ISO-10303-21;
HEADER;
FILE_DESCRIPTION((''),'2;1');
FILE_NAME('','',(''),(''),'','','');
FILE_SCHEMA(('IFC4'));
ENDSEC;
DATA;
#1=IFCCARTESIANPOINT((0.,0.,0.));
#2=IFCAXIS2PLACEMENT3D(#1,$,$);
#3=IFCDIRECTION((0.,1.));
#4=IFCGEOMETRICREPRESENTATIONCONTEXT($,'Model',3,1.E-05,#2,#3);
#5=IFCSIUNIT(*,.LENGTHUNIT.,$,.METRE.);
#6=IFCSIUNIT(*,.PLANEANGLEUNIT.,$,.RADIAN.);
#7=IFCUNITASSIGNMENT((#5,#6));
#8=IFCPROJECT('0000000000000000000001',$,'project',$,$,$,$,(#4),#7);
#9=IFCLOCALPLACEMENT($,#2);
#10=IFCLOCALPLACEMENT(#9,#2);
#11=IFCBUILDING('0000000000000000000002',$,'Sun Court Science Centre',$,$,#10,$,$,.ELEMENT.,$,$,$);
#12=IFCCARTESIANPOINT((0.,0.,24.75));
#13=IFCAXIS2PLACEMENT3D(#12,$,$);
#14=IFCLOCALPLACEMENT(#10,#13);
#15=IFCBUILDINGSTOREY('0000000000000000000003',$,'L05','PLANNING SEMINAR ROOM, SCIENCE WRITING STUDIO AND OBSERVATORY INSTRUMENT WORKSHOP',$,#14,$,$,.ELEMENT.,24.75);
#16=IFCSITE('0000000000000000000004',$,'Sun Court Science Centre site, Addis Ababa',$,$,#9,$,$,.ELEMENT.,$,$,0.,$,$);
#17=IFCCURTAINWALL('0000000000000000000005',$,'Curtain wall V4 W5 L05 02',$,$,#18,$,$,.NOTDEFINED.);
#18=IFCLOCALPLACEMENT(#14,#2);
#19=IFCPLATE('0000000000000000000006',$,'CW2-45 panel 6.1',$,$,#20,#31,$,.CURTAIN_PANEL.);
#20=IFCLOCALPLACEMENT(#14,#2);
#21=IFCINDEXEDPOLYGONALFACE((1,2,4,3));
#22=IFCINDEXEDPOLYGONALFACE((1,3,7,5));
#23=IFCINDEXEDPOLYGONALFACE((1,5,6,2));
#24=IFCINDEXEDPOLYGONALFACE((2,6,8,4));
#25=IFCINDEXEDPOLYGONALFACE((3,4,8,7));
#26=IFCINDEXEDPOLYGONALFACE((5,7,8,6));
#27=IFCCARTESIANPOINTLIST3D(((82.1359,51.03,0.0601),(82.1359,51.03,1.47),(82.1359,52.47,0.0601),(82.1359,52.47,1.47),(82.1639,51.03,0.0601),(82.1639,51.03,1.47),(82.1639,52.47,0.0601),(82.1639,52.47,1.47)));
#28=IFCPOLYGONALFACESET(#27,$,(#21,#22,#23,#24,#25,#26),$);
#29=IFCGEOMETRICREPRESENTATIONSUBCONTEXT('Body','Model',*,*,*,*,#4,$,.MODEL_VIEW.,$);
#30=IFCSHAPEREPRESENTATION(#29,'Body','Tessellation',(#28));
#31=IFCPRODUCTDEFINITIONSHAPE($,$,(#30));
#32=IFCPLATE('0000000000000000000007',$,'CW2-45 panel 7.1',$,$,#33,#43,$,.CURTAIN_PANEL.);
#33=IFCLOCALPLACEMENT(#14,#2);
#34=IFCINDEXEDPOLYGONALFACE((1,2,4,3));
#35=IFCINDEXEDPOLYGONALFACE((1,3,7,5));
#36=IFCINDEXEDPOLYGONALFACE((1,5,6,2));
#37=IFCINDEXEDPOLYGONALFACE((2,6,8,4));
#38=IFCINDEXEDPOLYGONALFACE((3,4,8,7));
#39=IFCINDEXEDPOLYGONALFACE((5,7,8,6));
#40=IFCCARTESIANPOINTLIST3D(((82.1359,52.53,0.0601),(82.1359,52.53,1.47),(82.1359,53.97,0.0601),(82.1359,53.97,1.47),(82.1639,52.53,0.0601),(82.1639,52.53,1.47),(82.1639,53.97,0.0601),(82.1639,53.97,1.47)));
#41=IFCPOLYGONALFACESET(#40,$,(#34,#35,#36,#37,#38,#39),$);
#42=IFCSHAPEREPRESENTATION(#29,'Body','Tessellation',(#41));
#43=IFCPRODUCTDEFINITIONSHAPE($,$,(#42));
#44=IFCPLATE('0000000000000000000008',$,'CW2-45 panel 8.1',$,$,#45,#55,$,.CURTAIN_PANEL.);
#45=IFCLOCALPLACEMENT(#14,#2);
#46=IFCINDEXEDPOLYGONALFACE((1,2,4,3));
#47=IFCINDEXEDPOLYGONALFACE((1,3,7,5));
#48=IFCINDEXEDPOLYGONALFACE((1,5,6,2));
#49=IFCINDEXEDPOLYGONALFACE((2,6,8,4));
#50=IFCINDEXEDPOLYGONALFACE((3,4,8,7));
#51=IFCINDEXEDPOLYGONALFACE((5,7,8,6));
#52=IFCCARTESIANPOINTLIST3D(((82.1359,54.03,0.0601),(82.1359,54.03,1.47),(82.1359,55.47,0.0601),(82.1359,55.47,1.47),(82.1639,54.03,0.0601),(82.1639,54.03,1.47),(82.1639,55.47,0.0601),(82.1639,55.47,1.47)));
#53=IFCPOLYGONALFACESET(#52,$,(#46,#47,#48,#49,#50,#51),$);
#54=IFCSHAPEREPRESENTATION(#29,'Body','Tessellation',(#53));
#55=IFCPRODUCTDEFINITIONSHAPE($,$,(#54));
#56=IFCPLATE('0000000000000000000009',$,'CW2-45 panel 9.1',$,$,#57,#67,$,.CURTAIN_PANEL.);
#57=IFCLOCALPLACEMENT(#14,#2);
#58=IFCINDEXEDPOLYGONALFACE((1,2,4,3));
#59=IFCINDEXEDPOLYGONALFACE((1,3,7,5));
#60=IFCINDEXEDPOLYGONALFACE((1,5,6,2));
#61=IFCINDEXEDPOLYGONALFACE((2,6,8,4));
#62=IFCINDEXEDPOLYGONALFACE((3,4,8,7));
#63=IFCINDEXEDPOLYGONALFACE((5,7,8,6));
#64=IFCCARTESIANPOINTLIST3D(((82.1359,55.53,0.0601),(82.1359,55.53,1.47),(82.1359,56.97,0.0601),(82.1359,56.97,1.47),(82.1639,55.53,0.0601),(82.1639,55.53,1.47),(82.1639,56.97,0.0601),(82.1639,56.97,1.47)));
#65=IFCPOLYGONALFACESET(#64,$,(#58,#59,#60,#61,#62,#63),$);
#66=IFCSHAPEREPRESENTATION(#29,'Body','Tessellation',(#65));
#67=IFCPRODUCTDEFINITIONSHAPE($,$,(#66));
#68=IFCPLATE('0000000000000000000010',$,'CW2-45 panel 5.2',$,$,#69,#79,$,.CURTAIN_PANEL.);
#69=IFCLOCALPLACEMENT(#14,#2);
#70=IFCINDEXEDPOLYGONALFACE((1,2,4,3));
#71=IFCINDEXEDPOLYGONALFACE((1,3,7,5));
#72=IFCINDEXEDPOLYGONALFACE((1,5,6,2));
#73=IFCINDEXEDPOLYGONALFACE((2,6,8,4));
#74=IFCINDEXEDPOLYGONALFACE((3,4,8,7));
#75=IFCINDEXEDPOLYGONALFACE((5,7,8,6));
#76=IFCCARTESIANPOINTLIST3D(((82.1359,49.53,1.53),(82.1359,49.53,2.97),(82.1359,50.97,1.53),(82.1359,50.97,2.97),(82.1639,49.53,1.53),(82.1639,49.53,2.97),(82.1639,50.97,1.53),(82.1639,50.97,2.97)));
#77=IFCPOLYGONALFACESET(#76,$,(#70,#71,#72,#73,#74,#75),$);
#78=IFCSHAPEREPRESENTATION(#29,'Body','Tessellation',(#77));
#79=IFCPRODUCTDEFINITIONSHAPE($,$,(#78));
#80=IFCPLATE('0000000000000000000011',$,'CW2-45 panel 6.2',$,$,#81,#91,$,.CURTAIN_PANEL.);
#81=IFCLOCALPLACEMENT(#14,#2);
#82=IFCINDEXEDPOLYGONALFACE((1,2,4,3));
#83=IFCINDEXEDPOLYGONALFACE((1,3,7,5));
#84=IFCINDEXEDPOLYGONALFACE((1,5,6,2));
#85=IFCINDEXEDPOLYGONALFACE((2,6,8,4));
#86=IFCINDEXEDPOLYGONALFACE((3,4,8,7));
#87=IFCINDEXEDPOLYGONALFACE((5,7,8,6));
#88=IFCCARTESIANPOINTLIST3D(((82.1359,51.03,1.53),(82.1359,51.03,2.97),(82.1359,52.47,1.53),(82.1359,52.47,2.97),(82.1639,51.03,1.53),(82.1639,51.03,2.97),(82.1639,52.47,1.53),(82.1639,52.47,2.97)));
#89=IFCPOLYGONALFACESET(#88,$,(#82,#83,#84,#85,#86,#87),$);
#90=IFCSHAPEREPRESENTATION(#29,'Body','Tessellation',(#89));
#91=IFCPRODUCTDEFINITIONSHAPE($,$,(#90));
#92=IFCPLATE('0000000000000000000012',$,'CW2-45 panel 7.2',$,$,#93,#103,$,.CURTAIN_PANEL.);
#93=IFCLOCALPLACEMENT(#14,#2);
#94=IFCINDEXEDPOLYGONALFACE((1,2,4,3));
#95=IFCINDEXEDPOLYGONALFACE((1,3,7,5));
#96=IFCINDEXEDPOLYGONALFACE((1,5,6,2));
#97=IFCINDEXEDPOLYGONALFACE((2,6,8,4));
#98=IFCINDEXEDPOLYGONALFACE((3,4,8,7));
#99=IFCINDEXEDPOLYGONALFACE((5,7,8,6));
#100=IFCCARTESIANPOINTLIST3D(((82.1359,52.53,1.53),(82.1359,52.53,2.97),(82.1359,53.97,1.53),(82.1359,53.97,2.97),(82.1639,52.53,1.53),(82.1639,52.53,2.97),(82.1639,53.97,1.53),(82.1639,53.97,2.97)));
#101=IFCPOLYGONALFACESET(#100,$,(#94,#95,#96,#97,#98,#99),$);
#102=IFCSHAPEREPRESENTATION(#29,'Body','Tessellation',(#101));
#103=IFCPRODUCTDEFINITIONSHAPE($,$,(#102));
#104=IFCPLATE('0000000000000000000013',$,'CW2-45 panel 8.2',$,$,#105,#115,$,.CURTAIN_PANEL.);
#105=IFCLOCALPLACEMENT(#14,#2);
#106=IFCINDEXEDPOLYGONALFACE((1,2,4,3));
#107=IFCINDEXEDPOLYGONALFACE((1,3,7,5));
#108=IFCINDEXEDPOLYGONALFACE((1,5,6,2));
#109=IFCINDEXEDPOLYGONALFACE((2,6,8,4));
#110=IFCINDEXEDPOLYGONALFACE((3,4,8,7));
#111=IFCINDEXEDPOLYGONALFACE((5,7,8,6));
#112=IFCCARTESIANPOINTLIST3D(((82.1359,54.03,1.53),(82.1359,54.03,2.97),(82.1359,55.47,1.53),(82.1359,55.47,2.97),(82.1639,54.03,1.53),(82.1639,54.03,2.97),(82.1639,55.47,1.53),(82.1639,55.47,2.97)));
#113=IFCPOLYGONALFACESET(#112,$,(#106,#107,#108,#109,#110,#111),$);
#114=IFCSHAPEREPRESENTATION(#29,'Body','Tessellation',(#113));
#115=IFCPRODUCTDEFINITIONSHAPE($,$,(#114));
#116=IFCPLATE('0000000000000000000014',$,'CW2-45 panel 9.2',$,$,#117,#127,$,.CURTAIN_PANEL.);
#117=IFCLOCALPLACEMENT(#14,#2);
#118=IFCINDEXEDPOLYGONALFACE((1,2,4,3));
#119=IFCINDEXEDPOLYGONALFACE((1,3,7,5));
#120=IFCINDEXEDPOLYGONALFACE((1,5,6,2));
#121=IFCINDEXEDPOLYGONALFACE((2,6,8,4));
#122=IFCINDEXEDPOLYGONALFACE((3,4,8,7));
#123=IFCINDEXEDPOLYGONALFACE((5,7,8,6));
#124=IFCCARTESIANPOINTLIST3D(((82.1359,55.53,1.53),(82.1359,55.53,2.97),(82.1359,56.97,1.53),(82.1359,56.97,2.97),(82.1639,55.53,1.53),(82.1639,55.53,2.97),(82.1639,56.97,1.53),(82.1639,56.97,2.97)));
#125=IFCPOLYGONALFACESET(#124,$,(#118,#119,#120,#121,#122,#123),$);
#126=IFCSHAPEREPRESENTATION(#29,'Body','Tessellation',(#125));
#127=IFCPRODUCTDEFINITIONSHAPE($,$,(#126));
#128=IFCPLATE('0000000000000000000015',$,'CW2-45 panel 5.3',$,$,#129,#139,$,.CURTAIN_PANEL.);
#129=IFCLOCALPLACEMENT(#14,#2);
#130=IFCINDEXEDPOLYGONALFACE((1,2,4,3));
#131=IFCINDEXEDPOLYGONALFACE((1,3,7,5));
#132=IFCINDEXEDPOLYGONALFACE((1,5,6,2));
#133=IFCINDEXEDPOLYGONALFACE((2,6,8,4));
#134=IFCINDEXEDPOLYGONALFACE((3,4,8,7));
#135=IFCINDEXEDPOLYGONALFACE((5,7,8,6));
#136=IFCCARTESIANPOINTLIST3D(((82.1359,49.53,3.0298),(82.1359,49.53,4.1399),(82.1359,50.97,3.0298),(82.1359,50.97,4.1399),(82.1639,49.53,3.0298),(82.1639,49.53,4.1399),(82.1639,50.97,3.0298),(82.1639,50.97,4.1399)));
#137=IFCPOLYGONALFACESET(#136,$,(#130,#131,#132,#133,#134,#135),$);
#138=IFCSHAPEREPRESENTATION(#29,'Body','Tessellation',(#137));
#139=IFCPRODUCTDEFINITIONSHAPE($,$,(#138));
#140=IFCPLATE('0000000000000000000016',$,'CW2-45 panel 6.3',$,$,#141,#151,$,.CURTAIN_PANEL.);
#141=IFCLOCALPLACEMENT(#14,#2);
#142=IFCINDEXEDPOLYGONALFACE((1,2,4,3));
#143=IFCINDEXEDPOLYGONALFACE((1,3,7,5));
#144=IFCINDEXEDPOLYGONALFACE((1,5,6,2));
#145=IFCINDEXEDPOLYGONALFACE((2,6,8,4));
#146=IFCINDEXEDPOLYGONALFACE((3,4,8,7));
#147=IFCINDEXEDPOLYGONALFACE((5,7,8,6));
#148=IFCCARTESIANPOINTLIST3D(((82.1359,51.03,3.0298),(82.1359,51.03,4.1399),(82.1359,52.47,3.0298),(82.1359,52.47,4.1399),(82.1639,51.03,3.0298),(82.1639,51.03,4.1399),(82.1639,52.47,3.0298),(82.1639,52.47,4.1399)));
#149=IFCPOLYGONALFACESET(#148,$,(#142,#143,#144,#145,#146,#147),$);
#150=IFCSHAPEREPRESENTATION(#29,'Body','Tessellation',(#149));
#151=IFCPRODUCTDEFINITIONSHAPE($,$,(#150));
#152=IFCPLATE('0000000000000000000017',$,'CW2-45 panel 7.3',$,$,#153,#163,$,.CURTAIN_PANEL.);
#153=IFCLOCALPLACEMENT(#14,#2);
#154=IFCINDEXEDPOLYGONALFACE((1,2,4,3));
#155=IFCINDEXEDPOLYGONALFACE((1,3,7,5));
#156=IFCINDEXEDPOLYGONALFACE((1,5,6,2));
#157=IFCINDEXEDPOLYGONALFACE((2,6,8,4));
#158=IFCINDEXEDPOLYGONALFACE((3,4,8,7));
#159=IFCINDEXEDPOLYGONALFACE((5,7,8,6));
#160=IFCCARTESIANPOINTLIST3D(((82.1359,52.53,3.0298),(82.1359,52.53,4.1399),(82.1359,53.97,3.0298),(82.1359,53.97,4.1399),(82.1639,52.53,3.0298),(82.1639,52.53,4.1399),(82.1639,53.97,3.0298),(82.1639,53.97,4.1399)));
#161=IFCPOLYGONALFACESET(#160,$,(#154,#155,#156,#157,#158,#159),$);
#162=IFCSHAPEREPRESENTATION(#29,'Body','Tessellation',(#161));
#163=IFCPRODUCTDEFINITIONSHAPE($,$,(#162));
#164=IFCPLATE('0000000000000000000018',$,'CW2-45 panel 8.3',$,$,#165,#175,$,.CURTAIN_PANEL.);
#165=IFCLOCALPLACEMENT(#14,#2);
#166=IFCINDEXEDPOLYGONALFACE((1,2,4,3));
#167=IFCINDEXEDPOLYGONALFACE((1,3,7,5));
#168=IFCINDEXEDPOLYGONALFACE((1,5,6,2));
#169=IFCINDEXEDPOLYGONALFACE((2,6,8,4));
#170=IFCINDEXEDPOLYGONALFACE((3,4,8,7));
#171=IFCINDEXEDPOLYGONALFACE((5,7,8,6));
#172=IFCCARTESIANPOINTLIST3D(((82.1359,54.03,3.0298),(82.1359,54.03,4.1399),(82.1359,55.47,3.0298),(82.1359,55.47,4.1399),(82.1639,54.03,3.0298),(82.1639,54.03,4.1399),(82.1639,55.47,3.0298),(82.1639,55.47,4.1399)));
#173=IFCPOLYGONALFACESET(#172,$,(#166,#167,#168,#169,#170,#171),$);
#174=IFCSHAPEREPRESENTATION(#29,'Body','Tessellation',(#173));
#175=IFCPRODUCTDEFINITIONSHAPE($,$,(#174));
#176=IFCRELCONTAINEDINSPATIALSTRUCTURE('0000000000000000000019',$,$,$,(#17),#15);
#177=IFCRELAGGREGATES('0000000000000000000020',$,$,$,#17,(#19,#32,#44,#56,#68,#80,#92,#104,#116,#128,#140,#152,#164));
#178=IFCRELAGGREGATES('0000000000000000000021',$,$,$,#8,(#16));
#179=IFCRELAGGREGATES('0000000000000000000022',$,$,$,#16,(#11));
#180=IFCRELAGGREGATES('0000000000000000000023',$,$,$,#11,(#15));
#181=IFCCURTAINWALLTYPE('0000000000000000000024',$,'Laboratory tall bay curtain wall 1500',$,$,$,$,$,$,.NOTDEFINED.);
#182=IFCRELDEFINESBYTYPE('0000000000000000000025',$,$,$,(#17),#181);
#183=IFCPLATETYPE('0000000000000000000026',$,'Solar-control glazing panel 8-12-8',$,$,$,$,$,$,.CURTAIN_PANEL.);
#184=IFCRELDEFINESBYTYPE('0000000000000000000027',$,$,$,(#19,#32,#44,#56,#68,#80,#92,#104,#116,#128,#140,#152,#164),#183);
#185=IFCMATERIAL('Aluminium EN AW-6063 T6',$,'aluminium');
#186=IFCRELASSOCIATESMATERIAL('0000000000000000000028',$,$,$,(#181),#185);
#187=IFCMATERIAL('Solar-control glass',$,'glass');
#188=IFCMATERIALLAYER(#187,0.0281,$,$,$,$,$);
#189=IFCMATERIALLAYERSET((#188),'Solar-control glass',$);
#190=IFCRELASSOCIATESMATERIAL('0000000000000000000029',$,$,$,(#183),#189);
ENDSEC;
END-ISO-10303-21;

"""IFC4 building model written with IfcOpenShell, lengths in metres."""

from ifc_helpers import new_model, si_unit, direction, frame, origin, origin_2d, place, context, subcontext, project, spatial, rectangle, extrude, material, layer, layer_set, type_object, element, aggregate, save


model = new_model("IFC4")

# Units and contexts
model_context = context("Model", 3, precision=1e-05, world=origin(), true_north=direction((0.0, 1.0)))
body_context = subcontext(model_context, "Body", "Model", "MODEL_VIEW")
ifc_project = project(units=[si_unit("LENGTHUNIT", "METRE"), si_unit("PLANEANGLEUNIT", "RADIAN")], contexts=[model_context])

# Site, building, storey
site_placement = place(None, origin())
site = spatial("IfcSite", under=ifc_project, at=site_placement, Name="Sun Court Science Centre site, Addis Ababa", CompositionType="ELEMENT", RefElevation=0.0)
building_placement = place(site_placement, origin())
building = spatial("IfcBuilding", under=site, at=building_placement, Name="Sun Court Science Centre", CompositionType="ELEMENT")
storey_placement = place(building_placement, frame((0.0, 0.0, 24.75)))
storey = spatial("IfcBuildingStorey", under=building, at=storey_placement, Name="L05", Description="PLANNING SEMINAR ROOM, SCIENCE WRITING STUDIO AND OBSERVATORY INSTRUMENT WORKSHOP", CompositionType="ELEMENT", Elevation=24.75)

# Curtain wall
ifc_material_1 = material(Name="Aluminium EN AW-6063 T6", Category="aluminium")
curtain_wall_type = type_object("IfcCurtainWallType", Name="Laboratory tall bay curtain wall 1500", PredefinedType="NOTDEFINED", material=ifc_material_1)
curtain_wall_placement = place(storey_placement, origin())
curtain_wall = element("IfcCurtainWall", 1, at=curtain_wall_placement, inside=storey, type_object=curtain_wall_type, Name="Curtain wall V4 W5 L05 02", PredefinedType="NOTDEFINED")

# Plates
ifc_material_2 = material(Name="Solar-control glass", Category="glass")
ifc_layer = layer(ifc_material_2, 0.0281)
ifc_layer_set = layer_set([ifc_layer], Name="Solar-control glass")
plate_type = type_object("IfcPlateType", Name="Solar-control glazing panel 8-12-8", PredefinedType="CURTAIN_PANEL", material=ifc_layer_set)
plate_1_placement = place(storey_placement, frame((82.1499, 51.75, 0.0601), z_axis=(0.0, 0.0, 1.0), x_axis=(0.0, 1.0, 0.0)))
plate_1 = element("IfcPlate", 2, at=plate_1_placement, type_object=plate_type, Name="CW2-45 panel 6.1", PredefinedType="CURTAIN_PANEL", context=body_context, shape_type="SweptSolid", body=[
    extrude(rectangle(XDim=1.4399, YDim=0.0281, at=origin_2d()), origin(), (0.0, 0.0, 1.0), 1.4099),
])
plate_2_placement = place(storey_placement, frame((82.1499, 53.25, 0.0601), z_axis=(0.0, 0.0, 1.0), x_axis=(0.0, 1.0, 0.0)))
plate_2 = element("IfcPlate", 3, at=plate_2_placement, type_object=plate_type, Name="CW2-45 panel 7.1", PredefinedType="CURTAIN_PANEL", context=body_context, shape_type="SweptSolid", body=[
    extrude(rectangle(XDim=1.4399, YDim=0.0281, at=origin_2d()), origin(), (0.0, 0.0, 1.0), 1.4099),
])
plate_3_placement = place(storey_placement, frame((82.1499, 54.75, 0.0601), z_axis=(0.0, 0.0, 1.0), x_axis=(0.0, 1.0, 0.0)))
plate_3 = element("IfcPlate", 4, at=plate_3_placement, type_object=plate_type, Name="CW2-45 panel 8.1", PredefinedType="CURTAIN_PANEL", context=body_context, shape_type="SweptSolid", body=[
    extrude(rectangle(XDim=1.4399, YDim=0.0281, at=origin_2d()), origin(), (0.0, 0.0, 1.0), 1.4099),
])
plate_4_placement = place(storey_placement, frame((82.1499, 56.25, 0.0601), z_axis=(0.0, 0.0, 1.0), x_axis=(0.0, 1.0, 0.0)))
plate_4 = element("IfcPlate", 5, at=plate_4_placement, type_object=plate_type, Name="CW2-45 panel 9.1", PredefinedType="CURTAIN_PANEL", context=body_context, shape_type="SweptSolid", body=[
    extrude(rectangle(XDim=1.4399, YDim=0.0281, at=origin_2d()), origin(), (0.0, 0.0, 1.0), 1.4099),
])
plate_5_placement = place(storey_placement, frame((82.1499, 50.25, 1.53), z_axis=(0.0, 0.0, 1.0), x_axis=(0.0, 1.0, 0.0)))
plate_5 = element("IfcPlate", 6, at=plate_5_placement, type_object=plate_type, Name="CW2-45 panel 5.2", PredefinedType="CURTAIN_PANEL", context=body_context, shape_type="SweptSolid", body=[
    extrude(rectangle(XDim=1.4399, YDim=0.0281, at=origin_2d()), origin(), (0.0, 0.0, 1.0), 1.4399),
])
plate_6_placement = place(storey_placement, frame((82.1499, 51.75, 1.53), z_axis=(0.0, 0.0, 1.0), x_axis=(0.0, 1.0, 0.0)))
plate_6 = element("IfcPlate", 7, at=plate_6_placement, type_object=plate_type, Name="CW2-45 panel 6.2", PredefinedType="CURTAIN_PANEL", context=body_context, shape_type="SweptSolid", body=[
    extrude(rectangle(XDim=1.4399, YDim=0.0281, at=origin_2d()), origin(), (0.0, 0.0, 1.0), 1.4399),
])
plate_7_placement = place(storey_placement, frame((82.1499, 53.25, 1.53), z_axis=(0.0, 0.0, 1.0), x_axis=(0.0, 1.0, 0.0)))
plate_7 = element("IfcPlate", 8, at=plate_7_placement, type_object=plate_type, Name="CW2-45 panel 7.2", PredefinedType="CURTAIN_PANEL", context=body_context, shape_type="SweptSolid", body=[
    extrude(rectangle(XDim=1.4399, YDim=0.0281, at=origin_2d()), origin(), (0.0, 0.0, 1.0), 1.4399),
])
plate_8_placement = place(storey_placement, frame((82.1499, 54.75, 1.53), z_axis=(0.0, 0.0, 1.0), x_axis=(0.0, 1.0, 0.0)))
plate_8 = element("IfcPlate", 9, at=plate_8_placement, type_object=plate_type, Name="CW2-45 panel 8.2", PredefinedType="CURTAIN_PANEL", context=body_context, shape_type="SweptSolid", body=[
    extrude(rectangle(XDim=1.4399, YDim=0.0281, at=origin_2d()), origin(), (0.0, 0.0, 1.0), 1.4399),
])
plate_9_placement = place(storey_placement, frame((82.1499, 56.25, 1.53), z_axis=(0.0, 0.0, 1.0), x_axis=(0.0, 1.0, 0.0)))
plate_9 = element("IfcPlate", 10, at=plate_9_placement, type_object=plate_type, Name="CW2-45 panel 9.2", PredefinedType="CURTAIN_PANEL", context=body_context, shape_type="SweptSolid", body=[
    extrude(rectangle(XDim=1.4399, YDim=0.0281, at=origin_2d()), origin(), (0.0, 0.0, 1.0), 1.4399),
])
plate_10_placement = place(storey_placement, frame((82.1499, 50.25, 3.0298), z_axis=(0.0, 0.0, 1.0), x_axis=(0.0, 1.0, 0.0)))
plate_10 = element("IfcPlate", 11, at=plate_10_placement, type_object=plate_type, Name="CW2-45 panel 5.3", PredefinedType="CURTAIN_PANEL", context=body_context, shape_type="SweptSolid", body=[
    extrude(rectangle(XDim=1.4399, YDim=0.0281, at=origin_2d()), origin(), (0.0, 0.0, 1.0), 1.1101),
])
plate_11_placement = place(storey_placement, frame((82.1499, 51.75, 3.0298), z_axis=(0.0, 0.0, 1.0), x_axis=(0.0, 1.0, 0.0)))
plate_11 = element("IfcPlate", 12, at=plate_11_placement, type_object=plate_type, Name="CW2-45 panel 6.3", PredefinedType="CURTAIN_PANEL", context=body_context, shape_type="SweptSolid", body=[
    extrude(rectangle(XDim=1.4399, YDim=0.0281, at=origin_2d()), origin(), (0.0, 0.0, 1.0), 1.1101),
])
plate_12_placement = place(storey_placement, frame((82.1499, 53.25, 3.0298), z_axis=(0.0, 0.0, 1.0), x_axis=(0.0, 1.0, 0.0)))
plate_12 = element("IfcPlate", 13, at=plate_12_placement, type_object=plate_type, Name="CW2-45 panel 7.3", PredefinedType="CURTAIN_PANEL", context=body_context, shape_type="SweptSolid", body=[
    extrude(rectangle(XDim=1.4399, YDim=0.0281, at=origin_2d()), origin(), (0.0, 0.0, 1.0), 1.1101),
])
plate_13_placement = place(storey_placement, frame((82.1499, 54.75, 3.0298), z_axis=(0.0, 0.0, 1.0), x_axis=(0.0, 1.0, 0.0)))
plate_13 = element("IfcPlate", 14, at=plate_13_placement, type_object=plate_type, Name="CW2-45 panel 8.3", PredefinedType="CURTAIN_PANEL", context=body_context, shape_type="SweptSolid", body=[
    extrude(rectangle(XDim=1.4399, YDim=0.0281, at=origin_2d()), origin(), (0.0, 0.0, 1.0), 1.1101),
])
aggregate(curtain_wall, [plate_1, plate_2, plate_3, plate_4, plate_5, plate_6, plate_7, plate_8, plate_9, plate_10, plate_11, plate_12, plate_13])

save(model, "model.ifc")
